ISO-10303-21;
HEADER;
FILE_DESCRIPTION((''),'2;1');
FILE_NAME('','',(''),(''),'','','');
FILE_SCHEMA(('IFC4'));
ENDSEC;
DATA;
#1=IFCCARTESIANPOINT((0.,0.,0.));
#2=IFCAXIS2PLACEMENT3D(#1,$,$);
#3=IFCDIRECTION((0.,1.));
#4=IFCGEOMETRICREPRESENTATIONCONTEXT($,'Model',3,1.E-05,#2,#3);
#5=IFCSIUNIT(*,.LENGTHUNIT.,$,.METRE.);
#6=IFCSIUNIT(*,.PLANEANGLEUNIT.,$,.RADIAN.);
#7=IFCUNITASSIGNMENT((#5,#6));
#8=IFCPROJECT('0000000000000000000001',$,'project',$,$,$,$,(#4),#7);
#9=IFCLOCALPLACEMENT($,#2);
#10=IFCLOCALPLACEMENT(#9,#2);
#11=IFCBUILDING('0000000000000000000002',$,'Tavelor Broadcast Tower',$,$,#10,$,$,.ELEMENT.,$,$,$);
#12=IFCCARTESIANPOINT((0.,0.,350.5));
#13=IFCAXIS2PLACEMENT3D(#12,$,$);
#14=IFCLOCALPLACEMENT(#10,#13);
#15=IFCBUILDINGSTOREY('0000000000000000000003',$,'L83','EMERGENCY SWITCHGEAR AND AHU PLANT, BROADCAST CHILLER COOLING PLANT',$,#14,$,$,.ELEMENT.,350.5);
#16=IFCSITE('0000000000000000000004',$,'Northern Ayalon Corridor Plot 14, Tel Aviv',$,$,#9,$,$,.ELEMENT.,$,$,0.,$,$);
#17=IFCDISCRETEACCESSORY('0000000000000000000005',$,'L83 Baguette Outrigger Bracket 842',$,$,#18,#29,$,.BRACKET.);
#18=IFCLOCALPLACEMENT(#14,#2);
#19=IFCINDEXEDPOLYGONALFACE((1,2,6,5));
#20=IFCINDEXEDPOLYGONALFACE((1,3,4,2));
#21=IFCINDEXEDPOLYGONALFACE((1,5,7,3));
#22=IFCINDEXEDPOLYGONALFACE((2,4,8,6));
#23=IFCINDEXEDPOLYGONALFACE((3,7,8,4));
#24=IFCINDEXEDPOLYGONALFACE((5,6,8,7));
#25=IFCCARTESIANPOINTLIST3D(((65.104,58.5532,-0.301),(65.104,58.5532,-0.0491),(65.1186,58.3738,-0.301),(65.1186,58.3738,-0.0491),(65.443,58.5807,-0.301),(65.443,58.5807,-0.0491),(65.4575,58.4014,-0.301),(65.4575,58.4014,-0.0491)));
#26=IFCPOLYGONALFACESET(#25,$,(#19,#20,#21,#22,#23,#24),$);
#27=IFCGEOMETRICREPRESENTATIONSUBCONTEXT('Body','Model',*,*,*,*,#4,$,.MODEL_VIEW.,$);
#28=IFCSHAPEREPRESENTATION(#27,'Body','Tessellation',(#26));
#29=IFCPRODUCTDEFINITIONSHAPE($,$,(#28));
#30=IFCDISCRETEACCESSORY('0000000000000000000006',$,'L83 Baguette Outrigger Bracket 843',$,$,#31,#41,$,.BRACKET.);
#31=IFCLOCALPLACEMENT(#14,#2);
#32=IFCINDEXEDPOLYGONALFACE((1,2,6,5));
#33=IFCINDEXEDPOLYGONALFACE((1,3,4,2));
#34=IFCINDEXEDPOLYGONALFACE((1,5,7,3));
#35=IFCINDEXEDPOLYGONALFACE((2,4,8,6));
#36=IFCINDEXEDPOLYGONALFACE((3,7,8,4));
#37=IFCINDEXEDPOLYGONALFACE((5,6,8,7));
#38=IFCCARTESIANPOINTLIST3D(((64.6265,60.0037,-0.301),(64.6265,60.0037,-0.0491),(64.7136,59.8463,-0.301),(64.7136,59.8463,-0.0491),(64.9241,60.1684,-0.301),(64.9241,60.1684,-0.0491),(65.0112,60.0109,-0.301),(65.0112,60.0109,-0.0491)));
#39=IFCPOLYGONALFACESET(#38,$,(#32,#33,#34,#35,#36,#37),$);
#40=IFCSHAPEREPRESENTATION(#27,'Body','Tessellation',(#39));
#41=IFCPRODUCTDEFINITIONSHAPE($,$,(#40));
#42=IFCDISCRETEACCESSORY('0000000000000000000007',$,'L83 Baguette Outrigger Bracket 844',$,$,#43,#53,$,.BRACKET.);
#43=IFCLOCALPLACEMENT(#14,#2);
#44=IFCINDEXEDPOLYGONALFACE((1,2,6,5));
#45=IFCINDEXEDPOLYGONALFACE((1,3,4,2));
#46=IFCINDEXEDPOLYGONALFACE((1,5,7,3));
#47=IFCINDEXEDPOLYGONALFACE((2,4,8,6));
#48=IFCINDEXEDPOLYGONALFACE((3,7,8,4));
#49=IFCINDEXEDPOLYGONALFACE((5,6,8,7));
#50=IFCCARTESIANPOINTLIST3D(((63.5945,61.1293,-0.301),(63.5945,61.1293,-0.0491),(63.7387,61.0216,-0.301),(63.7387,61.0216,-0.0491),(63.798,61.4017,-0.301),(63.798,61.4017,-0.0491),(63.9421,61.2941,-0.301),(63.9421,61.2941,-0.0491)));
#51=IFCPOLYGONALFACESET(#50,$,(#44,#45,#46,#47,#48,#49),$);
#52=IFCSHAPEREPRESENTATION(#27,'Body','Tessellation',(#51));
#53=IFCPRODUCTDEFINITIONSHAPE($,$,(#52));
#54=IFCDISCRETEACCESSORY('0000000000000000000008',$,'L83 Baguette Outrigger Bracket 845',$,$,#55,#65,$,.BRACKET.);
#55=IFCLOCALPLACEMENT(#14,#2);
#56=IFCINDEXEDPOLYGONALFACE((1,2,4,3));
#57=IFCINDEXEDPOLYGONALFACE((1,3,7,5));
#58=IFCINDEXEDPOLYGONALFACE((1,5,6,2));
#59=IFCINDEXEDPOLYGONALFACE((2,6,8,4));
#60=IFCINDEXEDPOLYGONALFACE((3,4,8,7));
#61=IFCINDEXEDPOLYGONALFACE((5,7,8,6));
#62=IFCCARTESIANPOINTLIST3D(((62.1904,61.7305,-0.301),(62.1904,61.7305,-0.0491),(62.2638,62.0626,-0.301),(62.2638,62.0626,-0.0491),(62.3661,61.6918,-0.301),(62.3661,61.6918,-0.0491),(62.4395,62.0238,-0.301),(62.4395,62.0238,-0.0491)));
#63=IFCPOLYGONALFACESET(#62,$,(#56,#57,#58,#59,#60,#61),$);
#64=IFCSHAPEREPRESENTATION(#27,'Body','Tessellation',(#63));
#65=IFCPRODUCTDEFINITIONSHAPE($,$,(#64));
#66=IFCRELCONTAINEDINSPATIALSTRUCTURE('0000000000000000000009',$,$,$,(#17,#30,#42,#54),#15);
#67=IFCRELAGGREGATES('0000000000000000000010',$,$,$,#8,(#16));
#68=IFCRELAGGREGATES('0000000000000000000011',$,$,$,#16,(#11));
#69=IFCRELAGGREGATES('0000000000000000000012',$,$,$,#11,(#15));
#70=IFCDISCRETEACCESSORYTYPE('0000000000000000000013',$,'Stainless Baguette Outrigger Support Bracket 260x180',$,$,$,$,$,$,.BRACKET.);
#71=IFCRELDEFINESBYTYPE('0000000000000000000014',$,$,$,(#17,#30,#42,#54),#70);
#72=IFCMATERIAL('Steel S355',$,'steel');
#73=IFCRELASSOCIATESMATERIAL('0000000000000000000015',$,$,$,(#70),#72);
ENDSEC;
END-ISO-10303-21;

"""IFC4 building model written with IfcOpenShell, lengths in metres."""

from ifc_helpers import new_model, si_unit, direction, frame, origin, origin_2d, place, context, subcontext, project, spatial, rectangle, extrude, source, transform, mapped, material, type_object, type_shapes, element, save


model = new_model("IFC4")

# Units and contexts
model_context = context("Model", 3, precision=1e-05, world=origin(), true_north=direction((0.0, 1.0)))
body_context = subcontext(model_context, "Body", "Model", "MODEL_VIEW")
ifc_project = project(units=[si_unit("LENGTHUNIT", "METRE"), si_unit("PLANEANGLEUNIT", "RADIAN")], contexts=[model_context])

# Site, building, storey
site_placement = place(None, origin())
site = spatial("IfcSite", under=ifc_project, at=site_placement, Name="Northern Ayalon Corridor Plot 14, Tel Aviv", CompositionType="ELEMENT", RefElevation=0.0)
building_placement = place(site_placement, origin())
building = spatial("IfcBuilding", under=site, at=building_placement, Name="Tavelor Broadcast Tower", CompositionType="ELEMENT")
storey_placement = place(building_placement, frame((0.0, 0.0, 350.5)))
storey = spatial("IfcBuildingStorey", under=building, at=storey_placement, Name="L83", Description="EMERGENCY SWITCHGEAR AND AHU PLANT, BROADCAST CHILLER COOLING PLANT", CompositionType="ELEMENT", Elevation=350.5)

# Shared definitions
ifc_material_1 = material(Name="Steel S355", Category="steel")

# Discrete accessories
discrete_accessory_type = type_object("IfcDiscreteAccessoryType", Name="Stainless Baguette Outrigger Support Bracket 260x180", PredefinedType="BRACKET", material=ifc_material_1)
shared_shape_1 = source(origin(), body_context, "Body", "SweptSolid", [
    extrude(rectangle(XDim=0.1799, YDim=0.3401, at=origin_2d()), origin(), (0.0, 0.0, 1.0), 0.252),
])
type_shapes(discrete_accessory_type, [shared_shape_1])
for number, where, z_axis, x_axis, name in (
    (1, (65.2808, 58.4773, -0.301), (0.0, 0.0, 1.0), (-0.081069, 0.996709, 0.0), "L83 Baguette Outrigger Bracket 842"),
    (2, (64.8188, 60.0073, -0.301), (0.0, 0.0, 1.0), (-0.484046, 0.875042, 0.0), "L83 Baguette Outrigger Bracket 843"),
    (3, (63.7683, 61.2117, -0.301), (0.0, 0.0, 1.0), (-0.801254, 0.598325, 0.0), "L83 Baguette Outrigger Bracket 844"),
    (4, (62.3149, 61.8772, -0.301), (0.0, 0.0, 1.0), (-0.976485, 0.215588, 0.0), "L83 Baguette Outrigger Bracket 845"),
):
    element("IfcDiscreteAccessory", number, at=place(storey_placement, frame(where, z_axis=z_axis, x_axis=x_axis)), inside=storey, type_object=discrete_accessory_type, Name=name, PredefinedType="BRACKET", context=body_context, shape_type="MappedRepresentation", body=[
        mapped(shared_shape_1, transform((0.0, 0.0, 0.0), scale=1.0)),
    ])

save(model, "model.ifc")
